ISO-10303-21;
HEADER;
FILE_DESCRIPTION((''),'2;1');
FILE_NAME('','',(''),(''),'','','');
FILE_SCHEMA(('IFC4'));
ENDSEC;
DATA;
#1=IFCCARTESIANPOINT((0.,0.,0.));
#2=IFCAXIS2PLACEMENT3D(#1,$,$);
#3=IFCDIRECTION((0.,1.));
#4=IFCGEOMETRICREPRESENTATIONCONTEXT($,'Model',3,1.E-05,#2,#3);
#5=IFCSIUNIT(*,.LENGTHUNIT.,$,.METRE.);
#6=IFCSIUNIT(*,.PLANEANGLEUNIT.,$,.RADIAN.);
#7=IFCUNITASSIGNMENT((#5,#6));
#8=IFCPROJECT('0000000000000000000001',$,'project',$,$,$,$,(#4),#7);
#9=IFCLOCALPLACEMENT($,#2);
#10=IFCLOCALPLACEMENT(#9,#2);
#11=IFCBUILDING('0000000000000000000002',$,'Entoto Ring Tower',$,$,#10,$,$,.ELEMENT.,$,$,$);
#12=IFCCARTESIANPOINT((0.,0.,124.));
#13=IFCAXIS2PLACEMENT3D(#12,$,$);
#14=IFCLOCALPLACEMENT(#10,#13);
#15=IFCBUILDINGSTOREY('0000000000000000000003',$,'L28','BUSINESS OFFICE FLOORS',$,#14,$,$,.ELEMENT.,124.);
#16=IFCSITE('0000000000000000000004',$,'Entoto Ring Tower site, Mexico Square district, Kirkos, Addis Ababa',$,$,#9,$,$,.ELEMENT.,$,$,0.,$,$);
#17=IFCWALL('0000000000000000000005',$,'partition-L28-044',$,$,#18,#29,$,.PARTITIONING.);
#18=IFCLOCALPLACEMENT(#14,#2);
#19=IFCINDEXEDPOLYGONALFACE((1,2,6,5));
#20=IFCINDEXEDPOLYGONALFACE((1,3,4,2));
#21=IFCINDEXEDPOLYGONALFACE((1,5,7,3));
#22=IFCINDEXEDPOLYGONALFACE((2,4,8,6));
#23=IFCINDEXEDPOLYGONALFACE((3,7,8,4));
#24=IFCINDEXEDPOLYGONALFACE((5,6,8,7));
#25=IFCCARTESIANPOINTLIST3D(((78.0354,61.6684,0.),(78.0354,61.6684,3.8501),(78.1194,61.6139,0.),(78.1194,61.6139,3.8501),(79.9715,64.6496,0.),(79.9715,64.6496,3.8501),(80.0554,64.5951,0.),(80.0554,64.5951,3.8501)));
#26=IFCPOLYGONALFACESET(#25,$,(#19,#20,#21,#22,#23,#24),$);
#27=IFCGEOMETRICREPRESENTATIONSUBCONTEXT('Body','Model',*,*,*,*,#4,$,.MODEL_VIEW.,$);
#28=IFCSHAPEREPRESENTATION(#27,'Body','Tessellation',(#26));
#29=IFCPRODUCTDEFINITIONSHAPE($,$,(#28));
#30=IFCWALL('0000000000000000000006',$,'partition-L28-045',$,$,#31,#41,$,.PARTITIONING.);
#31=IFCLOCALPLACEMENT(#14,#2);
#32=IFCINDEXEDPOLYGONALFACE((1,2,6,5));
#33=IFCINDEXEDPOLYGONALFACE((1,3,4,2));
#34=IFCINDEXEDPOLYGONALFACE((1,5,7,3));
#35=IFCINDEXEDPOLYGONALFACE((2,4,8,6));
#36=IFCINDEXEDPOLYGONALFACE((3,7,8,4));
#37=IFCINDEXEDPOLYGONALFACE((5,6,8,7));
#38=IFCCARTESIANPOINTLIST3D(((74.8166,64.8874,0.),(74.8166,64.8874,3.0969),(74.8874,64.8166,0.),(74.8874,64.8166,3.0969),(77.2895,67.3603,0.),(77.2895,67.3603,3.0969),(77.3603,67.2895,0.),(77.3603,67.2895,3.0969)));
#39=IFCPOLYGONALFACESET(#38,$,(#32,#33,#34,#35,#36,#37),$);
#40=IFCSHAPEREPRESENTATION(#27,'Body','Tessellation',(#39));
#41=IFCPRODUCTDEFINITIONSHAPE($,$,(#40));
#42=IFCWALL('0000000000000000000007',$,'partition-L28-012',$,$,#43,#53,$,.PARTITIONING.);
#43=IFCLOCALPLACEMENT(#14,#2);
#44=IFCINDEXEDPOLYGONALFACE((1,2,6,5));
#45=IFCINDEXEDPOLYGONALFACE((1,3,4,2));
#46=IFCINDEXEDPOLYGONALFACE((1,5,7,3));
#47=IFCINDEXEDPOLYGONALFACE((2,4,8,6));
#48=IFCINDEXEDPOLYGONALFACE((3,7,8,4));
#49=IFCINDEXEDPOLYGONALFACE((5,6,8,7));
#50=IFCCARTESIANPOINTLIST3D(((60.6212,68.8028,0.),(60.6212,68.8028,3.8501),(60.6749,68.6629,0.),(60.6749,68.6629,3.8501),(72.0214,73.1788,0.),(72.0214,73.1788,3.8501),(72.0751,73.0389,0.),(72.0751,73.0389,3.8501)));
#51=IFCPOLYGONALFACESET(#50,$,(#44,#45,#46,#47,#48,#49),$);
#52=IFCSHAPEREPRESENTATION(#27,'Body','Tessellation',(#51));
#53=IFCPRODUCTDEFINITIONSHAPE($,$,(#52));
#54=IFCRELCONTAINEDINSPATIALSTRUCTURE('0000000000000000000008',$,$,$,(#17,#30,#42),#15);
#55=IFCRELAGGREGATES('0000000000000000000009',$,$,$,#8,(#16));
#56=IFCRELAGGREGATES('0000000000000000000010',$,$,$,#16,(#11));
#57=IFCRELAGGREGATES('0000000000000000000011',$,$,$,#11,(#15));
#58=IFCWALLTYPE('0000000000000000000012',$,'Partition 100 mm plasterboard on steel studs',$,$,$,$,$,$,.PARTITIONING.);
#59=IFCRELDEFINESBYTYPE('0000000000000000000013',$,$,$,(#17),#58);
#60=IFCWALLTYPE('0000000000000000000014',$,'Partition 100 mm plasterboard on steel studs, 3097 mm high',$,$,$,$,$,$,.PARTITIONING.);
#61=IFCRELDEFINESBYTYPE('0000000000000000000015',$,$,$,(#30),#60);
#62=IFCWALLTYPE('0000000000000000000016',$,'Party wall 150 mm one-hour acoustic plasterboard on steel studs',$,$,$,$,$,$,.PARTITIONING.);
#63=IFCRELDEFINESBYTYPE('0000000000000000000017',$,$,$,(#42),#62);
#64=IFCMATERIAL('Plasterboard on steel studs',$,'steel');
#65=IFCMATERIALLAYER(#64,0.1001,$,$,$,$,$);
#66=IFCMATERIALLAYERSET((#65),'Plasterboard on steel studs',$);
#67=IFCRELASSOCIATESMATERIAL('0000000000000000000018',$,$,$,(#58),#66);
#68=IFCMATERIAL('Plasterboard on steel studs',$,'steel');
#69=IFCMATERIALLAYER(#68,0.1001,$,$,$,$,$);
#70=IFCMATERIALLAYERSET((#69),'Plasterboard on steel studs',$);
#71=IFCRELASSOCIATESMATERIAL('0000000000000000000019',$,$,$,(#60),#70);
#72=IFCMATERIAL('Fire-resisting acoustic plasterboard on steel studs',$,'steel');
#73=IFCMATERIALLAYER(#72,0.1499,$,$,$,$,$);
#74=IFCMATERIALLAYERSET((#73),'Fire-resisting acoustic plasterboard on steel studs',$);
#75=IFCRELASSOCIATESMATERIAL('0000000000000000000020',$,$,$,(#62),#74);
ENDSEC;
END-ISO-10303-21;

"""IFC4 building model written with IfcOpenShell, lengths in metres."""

from ifc_helpers import new_model, si_unit, direction, frame, frame_2d, origin, place, context, subcontext, project, spatial, rectangle, extrude, material, layer, layer_set, type_object, element, save


model = new_model("IFC4")

# Units and contexts
model_context = context("Model", 3, precision=1e-05, world=origin(), true_north=direction((0.0, 1.0)))
body_context = subcontext(model_context, "Body", "Model", "MODEL_VIEW")
ifc_project = project(units=[si_unit("LENGTHUNIT", "METRE"), si_unit("PLANEANGLEUNIT", "RADIAN")], contexts=[model_context])

# Site, building, storey
site_placement = place(None, origin())
site = spatial("IfcSite", under=ifc_project, at=site_placement, Name="Entoto Ring Tower site, Mexico Square district, Kirkos, Addis Ababa", CompositionType="ELEMENT", RefElevation=0.0)
building_placement = place(site_placement, origin())
building = spatial("IfcBuilding", under=site, at=building_placement, Name="Entoto Ring Tower", CompositionType="ELEMENT")
storey_placement = place(building_placement, frame((0.0, 0.0, 124.0)))
storey = spatial("IfcBuildingStorey", under=building, at=storey_placement, Name="L28", Description="BUSINESS OFFICE FLOORS", CompositionType="ELEMENT", Elevation=124.0)

# Shared definitions
ifc_material_1 = material(Name="Plasterboard on steel studs", Category="steel")
ifc_layer_1 = layer(ifc_material_1, 0.1001)
ifc_layer_set_1 = layer_set([ifc_layer_1], Name="Plasterboard on steel studs")
wall_type_1 = type_object("IfcWallType", Name="Partition 100 mm plasterboard on steel studs", PredefinedType="PARTITIONING", material=ifc_layer_set_1)

# Walls
wall_1_placement = place(storey_placement, frame((78.0774, 61.6411, 0.0), z_axis=(0.0, 0.0, 1.0), x_axis=(0.544643, 0.838668, 0.0)))
element("IfcWall", 1, at=wall_1_placement, inside=storey, type_object=wall_type_1, Name="partition-L28-044", PredefinedType="PARTITIONING", context=body_context, shape_type="SweptSolid", body=[
    extrude(rectangle(XDim=3.5547, YDim=0.1001, at=frame_2d((1.7773, 0.0))), origin(), (0.0, 0.0, 1.0), 3.8501),
])
ifc_material_2 = material(Name="Plasterboard on steel studs", Category="steel")
ifc_layer_2 = layer(ifc_material_2, 0.1001)
ifc_layer_set_2 = layer_set([ifc_layer_2], Name="Plasterboard on steel studs")
wall_type_2 = type_object("IfcWallType", Name="Partition 100 mm plasterboard on steel studs, 3097 mm high", PredefinedType="PARTITIONING", material=ifc_layer_set_2)
wall_2_placement = place(storey_placement, frame((74.8521, 64.8521, 0.0), z_axis=(0.0, 0.0, 1.0), x_axis=(0.707107, 0.707107, 0.0)))
element("IfcWall", 2, at=wall_2_placement, inside=storey, type_object=wall_type_2, Name="partition-L28-045", PredefinedType="PARTITIONING", context=body_context, shape_type="SweptSolid", body=[
    extrude(rectangle(XDim=3.4973, YDim=0.1001, at=frame_2d((1.7485, 0.0))), origin(), (0.0, 0.0, 1.0), 3.0969),
])
ifc_material_3 = material(Name="Fire-resisting acoustic plasterboard on steel studs", Category="steel")
ifc_layer_3 = layer(ifc_material_3, 0.1499)
ifc_layer_set_3 = layer_set([ifc_layer_3], Name="Fire-resisting acoustic plasterboard on steel studs")
wall_type_3 = type_object("IfcWallType", Name="Party wall 150 mm one-hour acoustic plasterboard on steel studs", PredefinedType="PARTITIONING", material=ifc_layer_set_3)
wall_3_placement = place(storey_placement, frame((60.6482, 68.7329, 0.0), z_axis=(0.0, 0.0, 1.0), x_axis=(0.933584, 0.358359, 0.0)))
element("IfcWall", 3, at=wall_3_placement, inside=storey, type_object=wall_type_3, Name="partition-L28-012", PredefinedType="PARTITIONING", context=body_context, shape_type="SweptSolid", body=[
    extrude(rectangle(XDim=12.2112, YDim=0.1499, at=frame_2d((6.1055, 0.0))), origin(), (0.0, 0.0, 1.0), 3.8501),
])

save(model, "model.ifc")
